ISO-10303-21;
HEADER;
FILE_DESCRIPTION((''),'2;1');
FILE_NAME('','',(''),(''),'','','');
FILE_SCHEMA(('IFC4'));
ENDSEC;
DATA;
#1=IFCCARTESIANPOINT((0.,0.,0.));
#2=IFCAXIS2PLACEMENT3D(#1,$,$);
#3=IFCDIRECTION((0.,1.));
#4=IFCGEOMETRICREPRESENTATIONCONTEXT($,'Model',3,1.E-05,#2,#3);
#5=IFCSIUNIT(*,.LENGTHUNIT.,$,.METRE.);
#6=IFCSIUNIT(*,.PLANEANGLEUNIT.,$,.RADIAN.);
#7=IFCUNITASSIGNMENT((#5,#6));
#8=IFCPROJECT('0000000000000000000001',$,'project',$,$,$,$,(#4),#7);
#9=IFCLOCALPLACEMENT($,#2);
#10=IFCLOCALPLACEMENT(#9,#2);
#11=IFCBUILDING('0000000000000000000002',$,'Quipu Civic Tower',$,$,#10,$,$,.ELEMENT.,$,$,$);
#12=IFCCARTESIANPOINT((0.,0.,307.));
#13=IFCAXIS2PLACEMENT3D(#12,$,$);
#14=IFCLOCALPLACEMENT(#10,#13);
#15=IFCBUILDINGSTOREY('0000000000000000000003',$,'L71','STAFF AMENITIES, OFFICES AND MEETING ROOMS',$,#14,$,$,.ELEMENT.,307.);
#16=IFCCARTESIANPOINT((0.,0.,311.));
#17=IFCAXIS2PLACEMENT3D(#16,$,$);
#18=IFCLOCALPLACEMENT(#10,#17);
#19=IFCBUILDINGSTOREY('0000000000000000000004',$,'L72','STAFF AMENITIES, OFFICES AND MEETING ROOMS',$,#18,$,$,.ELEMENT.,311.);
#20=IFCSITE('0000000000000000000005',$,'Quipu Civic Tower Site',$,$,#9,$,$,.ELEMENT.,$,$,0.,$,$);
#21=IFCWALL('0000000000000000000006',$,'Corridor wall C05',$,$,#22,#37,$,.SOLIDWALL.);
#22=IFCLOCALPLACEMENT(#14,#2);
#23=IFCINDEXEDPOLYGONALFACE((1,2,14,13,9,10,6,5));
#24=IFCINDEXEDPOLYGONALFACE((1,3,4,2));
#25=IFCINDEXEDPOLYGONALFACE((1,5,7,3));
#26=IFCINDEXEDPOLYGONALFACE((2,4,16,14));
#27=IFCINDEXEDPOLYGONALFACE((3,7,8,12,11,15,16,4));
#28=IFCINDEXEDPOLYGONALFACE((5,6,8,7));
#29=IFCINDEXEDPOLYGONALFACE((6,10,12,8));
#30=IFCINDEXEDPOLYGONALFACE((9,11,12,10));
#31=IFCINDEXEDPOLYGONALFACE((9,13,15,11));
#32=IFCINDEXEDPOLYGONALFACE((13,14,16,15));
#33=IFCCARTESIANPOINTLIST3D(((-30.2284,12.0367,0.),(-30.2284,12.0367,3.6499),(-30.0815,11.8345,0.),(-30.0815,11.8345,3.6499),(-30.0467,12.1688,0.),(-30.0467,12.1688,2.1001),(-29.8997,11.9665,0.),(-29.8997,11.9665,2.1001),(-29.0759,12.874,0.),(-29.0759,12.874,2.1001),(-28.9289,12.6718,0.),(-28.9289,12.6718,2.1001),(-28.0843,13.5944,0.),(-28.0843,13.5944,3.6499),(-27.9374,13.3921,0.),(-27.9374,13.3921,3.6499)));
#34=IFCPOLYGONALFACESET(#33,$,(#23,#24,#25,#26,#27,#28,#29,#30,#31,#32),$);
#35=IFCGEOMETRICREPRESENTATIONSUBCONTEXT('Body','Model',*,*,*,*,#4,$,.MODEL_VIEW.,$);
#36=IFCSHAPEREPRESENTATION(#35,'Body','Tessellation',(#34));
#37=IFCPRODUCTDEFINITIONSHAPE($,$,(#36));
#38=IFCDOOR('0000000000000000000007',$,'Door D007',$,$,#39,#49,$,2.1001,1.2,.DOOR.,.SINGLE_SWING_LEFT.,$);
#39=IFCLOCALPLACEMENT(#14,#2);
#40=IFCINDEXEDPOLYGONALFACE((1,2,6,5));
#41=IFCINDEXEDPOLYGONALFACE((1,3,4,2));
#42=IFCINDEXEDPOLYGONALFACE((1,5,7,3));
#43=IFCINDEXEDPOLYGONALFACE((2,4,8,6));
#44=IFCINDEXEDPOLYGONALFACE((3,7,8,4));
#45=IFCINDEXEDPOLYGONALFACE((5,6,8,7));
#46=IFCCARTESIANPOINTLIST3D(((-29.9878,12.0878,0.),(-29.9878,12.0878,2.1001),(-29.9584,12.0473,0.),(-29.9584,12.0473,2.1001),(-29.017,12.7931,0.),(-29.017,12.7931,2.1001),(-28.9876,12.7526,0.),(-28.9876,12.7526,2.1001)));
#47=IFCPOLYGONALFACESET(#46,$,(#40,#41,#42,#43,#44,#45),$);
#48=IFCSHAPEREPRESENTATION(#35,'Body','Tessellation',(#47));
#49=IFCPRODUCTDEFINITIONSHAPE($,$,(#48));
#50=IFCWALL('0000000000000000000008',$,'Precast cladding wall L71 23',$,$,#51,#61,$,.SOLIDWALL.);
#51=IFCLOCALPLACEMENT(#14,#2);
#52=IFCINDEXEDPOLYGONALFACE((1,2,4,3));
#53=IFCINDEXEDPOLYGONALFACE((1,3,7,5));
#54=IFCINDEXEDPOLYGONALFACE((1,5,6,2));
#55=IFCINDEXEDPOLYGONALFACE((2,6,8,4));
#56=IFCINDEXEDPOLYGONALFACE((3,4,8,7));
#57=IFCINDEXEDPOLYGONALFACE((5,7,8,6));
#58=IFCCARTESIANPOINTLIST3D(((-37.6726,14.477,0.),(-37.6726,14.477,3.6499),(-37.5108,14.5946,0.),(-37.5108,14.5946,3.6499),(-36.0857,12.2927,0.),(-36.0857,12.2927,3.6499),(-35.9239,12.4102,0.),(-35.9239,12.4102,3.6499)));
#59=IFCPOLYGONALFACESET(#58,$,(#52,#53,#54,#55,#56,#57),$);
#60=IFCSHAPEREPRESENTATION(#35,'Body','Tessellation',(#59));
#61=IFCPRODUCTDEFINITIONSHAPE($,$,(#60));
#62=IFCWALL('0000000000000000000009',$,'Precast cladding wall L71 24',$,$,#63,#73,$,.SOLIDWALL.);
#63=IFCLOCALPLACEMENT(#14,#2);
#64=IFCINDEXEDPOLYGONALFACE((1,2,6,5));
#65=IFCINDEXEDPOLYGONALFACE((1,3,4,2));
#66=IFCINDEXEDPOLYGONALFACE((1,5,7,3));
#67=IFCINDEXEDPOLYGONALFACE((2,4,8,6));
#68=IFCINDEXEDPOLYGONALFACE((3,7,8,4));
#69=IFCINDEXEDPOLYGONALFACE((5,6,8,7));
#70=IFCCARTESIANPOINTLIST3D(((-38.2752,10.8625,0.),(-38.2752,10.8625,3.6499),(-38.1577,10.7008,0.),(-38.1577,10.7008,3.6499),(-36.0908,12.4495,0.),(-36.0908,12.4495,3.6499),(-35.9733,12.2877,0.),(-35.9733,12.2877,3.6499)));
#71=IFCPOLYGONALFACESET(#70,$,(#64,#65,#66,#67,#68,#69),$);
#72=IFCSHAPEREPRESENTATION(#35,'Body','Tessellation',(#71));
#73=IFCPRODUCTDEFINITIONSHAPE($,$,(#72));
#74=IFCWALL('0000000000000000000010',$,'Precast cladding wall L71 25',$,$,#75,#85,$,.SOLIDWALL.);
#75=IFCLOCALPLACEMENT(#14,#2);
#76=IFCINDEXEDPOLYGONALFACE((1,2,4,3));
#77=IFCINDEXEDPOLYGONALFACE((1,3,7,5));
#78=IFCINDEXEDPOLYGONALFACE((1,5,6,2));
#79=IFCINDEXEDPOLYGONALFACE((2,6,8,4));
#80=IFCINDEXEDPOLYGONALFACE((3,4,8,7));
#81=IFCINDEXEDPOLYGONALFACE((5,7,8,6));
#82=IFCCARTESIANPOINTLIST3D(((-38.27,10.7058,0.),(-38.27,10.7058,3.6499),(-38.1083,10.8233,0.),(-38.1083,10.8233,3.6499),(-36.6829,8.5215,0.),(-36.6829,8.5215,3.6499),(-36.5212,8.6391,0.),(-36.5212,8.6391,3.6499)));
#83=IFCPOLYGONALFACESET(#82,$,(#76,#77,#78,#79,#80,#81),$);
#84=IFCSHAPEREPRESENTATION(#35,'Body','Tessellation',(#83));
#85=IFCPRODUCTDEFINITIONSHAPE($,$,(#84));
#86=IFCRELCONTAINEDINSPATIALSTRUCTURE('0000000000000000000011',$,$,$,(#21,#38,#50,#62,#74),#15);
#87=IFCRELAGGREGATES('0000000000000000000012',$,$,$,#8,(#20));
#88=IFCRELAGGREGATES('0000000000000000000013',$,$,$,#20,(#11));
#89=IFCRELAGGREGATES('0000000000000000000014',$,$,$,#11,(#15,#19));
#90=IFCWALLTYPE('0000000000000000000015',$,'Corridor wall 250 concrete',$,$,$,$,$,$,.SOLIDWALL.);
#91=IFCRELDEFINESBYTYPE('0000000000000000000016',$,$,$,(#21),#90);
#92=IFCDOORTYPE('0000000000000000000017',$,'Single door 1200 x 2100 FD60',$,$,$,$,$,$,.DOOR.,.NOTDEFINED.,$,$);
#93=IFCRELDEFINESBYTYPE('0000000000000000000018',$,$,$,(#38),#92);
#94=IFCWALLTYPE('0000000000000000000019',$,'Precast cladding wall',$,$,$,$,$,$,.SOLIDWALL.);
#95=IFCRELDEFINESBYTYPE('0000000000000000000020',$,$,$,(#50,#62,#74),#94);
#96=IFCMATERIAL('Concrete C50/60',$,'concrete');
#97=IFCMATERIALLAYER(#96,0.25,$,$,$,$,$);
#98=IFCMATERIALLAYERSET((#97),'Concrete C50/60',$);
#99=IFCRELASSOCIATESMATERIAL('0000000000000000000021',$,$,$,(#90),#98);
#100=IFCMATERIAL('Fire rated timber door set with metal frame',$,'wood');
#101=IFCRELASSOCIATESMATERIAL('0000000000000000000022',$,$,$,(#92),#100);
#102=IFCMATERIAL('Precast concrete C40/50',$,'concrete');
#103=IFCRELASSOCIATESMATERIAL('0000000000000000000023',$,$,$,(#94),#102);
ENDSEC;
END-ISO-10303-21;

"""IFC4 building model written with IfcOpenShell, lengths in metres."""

from ifc_helpers import new_model, si_unit, direction, frame, frame_2d, origin, place, context, subcontext, project, spatial, rectangle, extrude, material, layer, layer_set, type_object, element, fill, save


model = new_model("IFC4")

# Units and contexts
model_context = context("Model", 3, precision=1e-05, world=origin(), true_north=direction((0.0, 1.0)))
body_context = subcontext(model_context, "Body", "Model", "MODEL_VIEW")
ifc_project = project(units=[si_unit("LENGTHUNIT", "METRE"), si_unit("PLANEANGLEUNIT", "RADIAN")], contexts=[model_context])

# Site, building, storey
site_placement = place(None, origin())
site = spatial("IfcSite", under=ifc_project, at=site_placement, Name="Quipu Civic Tower Site", CompositionType="ELEMENT", RefElevation=0.0)
building_placement = place(site_placement, origin())
building = spatial("IfcBuilding", under=site, at=building_placement, Name="Quipu Civic Tower", CompositionType="ELEMENT")
storey_1_placement = place(building_placement, frame((0.0, 0.0, 307.0)))
storey_1 = spatial("IfcBuildingStorey", under=building, at=storey_1_placement, Name="L71", Description="STAFF AMENITIES, OFFICES AND MEETING ROOMS", CompositionType="ELEMENT", Elevation=307.0)

# Shared definitions
storey_2_placement = place(building_placement, frame((0.0, 0.0, 311.0)))
storey_2 = spatial("IfcBuildingStorey", under=building, at=storey_2_placement, Name="L72", Description="STAFF AMENITIES, OFFICES AND MEETING ROOMS", CompositionType="ELEMENT", Elevation=311.0)

# Wall, opening, door
ifc_material_1 = material(Name="Concrete C50/60", Category="concrete")
ifc_layer_1 = layer(ifc_material_1, 0.25)
ifc_layer_set_1 = layer_set([ifc_layer_1], Name="Concrete C50/60")
wall_type_1 = type_object("IfcWallType", Name="Corridor wall 250 concrete", PredefinedType="SOLIDWALL", material=ifc_layer_set_1)
wall_placement = place(storey_1_placement, frame((-30.155, 11.9355, 0.0), z_axis=(0.0, 0.0, 1.0), x_axis=(0.809039, 0.587755, 0.0)))
wall = element("IfcWall", 1, at=wall_placement, inside=storey_1, type_object=wall_type_1, Name="Corridor wall C05", PredefinedType="SOLIDWALL", context=body_context, shape_type="SweptSolid", body=[
    extrude(rectangle(XDim=2.6501, YDim=0.25, at=frame_2d((1.3252, 0.0))), origin(), (0.0, 0.0, 1.0), 3.6499),
])
opening_placement = place(wall_placement, frame((0.2246, 0.0, 0.0)))
opening = element("IfcOpeningElement", 2, at=opening_placement, cuts=wall, PredefinedType="OPENING", context=body_context, shape_type="SweptSolid", body=[
    extrude(rectangle(XDim=1.2, YDim=2.1001, at=frame_2d((0.6001, 1.05))), frame((0.0, 0.135, 0.0), z_axis=(0.0, -1.0, 0.0), x_axis=(1.0, 0.0, 0.0)), (0.0, 0.0, 1.0), 0.27),
])
ifc_material_2 = material(Name="Fire rated timber door set with metal frame", Category="wood")
door_type = type_object("IfcDoorType", Name="Single door 1200 x 2100 FD60", OperationType="NOTDEFINED", PredefinedType="DOOR", material=ifc_material_2)
door_placement = place(opening_placement, origin())
door = element("IfcDoor", 3, at=door_placement, inside=storey_1, type_object=door_type, Name="Door D007", OperationType="SINGLE_SWING_LEFT", OverallHeight=2.1001, OverallWidth=1.2, PredefinedType="DOOR", context=body_context, shape_type="SweptSolid", body=[
    extrude(rectangle(XDim=1.2, YDim=2.1001, at=frame_2d((0.6001, 1.05))), frame((0.0, 0.0249, 0.0), z_axis=(0.0, -1.0, 0.0), x_axis=(1.0, 0.0, 0.0)), (0.0, 0.0, 1.0), 0.05),
])
fill(opening, door)

# Walls
ifc_material_3 = material(Name="Precast concrete C40/50", Category="concrete")
wall_type_2 = type_object("IfcWallType", Name="Precast cladding wall", PredefinedType="SOLIDWALL", material=ifc_material_3)
for number, where, z_axis, x_axis, name in (
    (4, (-37.5918, 14.5359, 0.0), (0.0, 0.0, 1.0), (0.587763, -0.809033, 0.0), "Precast cladding wall L71 23"),
    (5, (-36.032, 12.3687, 0.0), (0.0, 0.0, 1.0), (-0.809033, -0.587763, 0.0), "Precast cladding wall L71 24"),
    (6, (-38.1892, 10.7646, 0.0), (0.0, 0.0, 1.0), (0.587822, -0.80899, 0.0), "Precast cladding wall L71 25"),
):
    element("IfcWall", number, at=place(storey_1_placement, frame(where, z_axis=z_axis, x_axis=x_axis)), inside=storey_1, type_object=wall_type_2, Name=name, PredefinedType="SOLIDWALL", context=body_context, shape_type="SweptSolid", body=[
        extrude(rectangle(XDim=2.7, YDim=0.2, at=frame_2d((1.3501, 0.0))), origin(), (0.0, 0.0, 1.0), 3.6499),
    ])

save(model, "model.ifc")
